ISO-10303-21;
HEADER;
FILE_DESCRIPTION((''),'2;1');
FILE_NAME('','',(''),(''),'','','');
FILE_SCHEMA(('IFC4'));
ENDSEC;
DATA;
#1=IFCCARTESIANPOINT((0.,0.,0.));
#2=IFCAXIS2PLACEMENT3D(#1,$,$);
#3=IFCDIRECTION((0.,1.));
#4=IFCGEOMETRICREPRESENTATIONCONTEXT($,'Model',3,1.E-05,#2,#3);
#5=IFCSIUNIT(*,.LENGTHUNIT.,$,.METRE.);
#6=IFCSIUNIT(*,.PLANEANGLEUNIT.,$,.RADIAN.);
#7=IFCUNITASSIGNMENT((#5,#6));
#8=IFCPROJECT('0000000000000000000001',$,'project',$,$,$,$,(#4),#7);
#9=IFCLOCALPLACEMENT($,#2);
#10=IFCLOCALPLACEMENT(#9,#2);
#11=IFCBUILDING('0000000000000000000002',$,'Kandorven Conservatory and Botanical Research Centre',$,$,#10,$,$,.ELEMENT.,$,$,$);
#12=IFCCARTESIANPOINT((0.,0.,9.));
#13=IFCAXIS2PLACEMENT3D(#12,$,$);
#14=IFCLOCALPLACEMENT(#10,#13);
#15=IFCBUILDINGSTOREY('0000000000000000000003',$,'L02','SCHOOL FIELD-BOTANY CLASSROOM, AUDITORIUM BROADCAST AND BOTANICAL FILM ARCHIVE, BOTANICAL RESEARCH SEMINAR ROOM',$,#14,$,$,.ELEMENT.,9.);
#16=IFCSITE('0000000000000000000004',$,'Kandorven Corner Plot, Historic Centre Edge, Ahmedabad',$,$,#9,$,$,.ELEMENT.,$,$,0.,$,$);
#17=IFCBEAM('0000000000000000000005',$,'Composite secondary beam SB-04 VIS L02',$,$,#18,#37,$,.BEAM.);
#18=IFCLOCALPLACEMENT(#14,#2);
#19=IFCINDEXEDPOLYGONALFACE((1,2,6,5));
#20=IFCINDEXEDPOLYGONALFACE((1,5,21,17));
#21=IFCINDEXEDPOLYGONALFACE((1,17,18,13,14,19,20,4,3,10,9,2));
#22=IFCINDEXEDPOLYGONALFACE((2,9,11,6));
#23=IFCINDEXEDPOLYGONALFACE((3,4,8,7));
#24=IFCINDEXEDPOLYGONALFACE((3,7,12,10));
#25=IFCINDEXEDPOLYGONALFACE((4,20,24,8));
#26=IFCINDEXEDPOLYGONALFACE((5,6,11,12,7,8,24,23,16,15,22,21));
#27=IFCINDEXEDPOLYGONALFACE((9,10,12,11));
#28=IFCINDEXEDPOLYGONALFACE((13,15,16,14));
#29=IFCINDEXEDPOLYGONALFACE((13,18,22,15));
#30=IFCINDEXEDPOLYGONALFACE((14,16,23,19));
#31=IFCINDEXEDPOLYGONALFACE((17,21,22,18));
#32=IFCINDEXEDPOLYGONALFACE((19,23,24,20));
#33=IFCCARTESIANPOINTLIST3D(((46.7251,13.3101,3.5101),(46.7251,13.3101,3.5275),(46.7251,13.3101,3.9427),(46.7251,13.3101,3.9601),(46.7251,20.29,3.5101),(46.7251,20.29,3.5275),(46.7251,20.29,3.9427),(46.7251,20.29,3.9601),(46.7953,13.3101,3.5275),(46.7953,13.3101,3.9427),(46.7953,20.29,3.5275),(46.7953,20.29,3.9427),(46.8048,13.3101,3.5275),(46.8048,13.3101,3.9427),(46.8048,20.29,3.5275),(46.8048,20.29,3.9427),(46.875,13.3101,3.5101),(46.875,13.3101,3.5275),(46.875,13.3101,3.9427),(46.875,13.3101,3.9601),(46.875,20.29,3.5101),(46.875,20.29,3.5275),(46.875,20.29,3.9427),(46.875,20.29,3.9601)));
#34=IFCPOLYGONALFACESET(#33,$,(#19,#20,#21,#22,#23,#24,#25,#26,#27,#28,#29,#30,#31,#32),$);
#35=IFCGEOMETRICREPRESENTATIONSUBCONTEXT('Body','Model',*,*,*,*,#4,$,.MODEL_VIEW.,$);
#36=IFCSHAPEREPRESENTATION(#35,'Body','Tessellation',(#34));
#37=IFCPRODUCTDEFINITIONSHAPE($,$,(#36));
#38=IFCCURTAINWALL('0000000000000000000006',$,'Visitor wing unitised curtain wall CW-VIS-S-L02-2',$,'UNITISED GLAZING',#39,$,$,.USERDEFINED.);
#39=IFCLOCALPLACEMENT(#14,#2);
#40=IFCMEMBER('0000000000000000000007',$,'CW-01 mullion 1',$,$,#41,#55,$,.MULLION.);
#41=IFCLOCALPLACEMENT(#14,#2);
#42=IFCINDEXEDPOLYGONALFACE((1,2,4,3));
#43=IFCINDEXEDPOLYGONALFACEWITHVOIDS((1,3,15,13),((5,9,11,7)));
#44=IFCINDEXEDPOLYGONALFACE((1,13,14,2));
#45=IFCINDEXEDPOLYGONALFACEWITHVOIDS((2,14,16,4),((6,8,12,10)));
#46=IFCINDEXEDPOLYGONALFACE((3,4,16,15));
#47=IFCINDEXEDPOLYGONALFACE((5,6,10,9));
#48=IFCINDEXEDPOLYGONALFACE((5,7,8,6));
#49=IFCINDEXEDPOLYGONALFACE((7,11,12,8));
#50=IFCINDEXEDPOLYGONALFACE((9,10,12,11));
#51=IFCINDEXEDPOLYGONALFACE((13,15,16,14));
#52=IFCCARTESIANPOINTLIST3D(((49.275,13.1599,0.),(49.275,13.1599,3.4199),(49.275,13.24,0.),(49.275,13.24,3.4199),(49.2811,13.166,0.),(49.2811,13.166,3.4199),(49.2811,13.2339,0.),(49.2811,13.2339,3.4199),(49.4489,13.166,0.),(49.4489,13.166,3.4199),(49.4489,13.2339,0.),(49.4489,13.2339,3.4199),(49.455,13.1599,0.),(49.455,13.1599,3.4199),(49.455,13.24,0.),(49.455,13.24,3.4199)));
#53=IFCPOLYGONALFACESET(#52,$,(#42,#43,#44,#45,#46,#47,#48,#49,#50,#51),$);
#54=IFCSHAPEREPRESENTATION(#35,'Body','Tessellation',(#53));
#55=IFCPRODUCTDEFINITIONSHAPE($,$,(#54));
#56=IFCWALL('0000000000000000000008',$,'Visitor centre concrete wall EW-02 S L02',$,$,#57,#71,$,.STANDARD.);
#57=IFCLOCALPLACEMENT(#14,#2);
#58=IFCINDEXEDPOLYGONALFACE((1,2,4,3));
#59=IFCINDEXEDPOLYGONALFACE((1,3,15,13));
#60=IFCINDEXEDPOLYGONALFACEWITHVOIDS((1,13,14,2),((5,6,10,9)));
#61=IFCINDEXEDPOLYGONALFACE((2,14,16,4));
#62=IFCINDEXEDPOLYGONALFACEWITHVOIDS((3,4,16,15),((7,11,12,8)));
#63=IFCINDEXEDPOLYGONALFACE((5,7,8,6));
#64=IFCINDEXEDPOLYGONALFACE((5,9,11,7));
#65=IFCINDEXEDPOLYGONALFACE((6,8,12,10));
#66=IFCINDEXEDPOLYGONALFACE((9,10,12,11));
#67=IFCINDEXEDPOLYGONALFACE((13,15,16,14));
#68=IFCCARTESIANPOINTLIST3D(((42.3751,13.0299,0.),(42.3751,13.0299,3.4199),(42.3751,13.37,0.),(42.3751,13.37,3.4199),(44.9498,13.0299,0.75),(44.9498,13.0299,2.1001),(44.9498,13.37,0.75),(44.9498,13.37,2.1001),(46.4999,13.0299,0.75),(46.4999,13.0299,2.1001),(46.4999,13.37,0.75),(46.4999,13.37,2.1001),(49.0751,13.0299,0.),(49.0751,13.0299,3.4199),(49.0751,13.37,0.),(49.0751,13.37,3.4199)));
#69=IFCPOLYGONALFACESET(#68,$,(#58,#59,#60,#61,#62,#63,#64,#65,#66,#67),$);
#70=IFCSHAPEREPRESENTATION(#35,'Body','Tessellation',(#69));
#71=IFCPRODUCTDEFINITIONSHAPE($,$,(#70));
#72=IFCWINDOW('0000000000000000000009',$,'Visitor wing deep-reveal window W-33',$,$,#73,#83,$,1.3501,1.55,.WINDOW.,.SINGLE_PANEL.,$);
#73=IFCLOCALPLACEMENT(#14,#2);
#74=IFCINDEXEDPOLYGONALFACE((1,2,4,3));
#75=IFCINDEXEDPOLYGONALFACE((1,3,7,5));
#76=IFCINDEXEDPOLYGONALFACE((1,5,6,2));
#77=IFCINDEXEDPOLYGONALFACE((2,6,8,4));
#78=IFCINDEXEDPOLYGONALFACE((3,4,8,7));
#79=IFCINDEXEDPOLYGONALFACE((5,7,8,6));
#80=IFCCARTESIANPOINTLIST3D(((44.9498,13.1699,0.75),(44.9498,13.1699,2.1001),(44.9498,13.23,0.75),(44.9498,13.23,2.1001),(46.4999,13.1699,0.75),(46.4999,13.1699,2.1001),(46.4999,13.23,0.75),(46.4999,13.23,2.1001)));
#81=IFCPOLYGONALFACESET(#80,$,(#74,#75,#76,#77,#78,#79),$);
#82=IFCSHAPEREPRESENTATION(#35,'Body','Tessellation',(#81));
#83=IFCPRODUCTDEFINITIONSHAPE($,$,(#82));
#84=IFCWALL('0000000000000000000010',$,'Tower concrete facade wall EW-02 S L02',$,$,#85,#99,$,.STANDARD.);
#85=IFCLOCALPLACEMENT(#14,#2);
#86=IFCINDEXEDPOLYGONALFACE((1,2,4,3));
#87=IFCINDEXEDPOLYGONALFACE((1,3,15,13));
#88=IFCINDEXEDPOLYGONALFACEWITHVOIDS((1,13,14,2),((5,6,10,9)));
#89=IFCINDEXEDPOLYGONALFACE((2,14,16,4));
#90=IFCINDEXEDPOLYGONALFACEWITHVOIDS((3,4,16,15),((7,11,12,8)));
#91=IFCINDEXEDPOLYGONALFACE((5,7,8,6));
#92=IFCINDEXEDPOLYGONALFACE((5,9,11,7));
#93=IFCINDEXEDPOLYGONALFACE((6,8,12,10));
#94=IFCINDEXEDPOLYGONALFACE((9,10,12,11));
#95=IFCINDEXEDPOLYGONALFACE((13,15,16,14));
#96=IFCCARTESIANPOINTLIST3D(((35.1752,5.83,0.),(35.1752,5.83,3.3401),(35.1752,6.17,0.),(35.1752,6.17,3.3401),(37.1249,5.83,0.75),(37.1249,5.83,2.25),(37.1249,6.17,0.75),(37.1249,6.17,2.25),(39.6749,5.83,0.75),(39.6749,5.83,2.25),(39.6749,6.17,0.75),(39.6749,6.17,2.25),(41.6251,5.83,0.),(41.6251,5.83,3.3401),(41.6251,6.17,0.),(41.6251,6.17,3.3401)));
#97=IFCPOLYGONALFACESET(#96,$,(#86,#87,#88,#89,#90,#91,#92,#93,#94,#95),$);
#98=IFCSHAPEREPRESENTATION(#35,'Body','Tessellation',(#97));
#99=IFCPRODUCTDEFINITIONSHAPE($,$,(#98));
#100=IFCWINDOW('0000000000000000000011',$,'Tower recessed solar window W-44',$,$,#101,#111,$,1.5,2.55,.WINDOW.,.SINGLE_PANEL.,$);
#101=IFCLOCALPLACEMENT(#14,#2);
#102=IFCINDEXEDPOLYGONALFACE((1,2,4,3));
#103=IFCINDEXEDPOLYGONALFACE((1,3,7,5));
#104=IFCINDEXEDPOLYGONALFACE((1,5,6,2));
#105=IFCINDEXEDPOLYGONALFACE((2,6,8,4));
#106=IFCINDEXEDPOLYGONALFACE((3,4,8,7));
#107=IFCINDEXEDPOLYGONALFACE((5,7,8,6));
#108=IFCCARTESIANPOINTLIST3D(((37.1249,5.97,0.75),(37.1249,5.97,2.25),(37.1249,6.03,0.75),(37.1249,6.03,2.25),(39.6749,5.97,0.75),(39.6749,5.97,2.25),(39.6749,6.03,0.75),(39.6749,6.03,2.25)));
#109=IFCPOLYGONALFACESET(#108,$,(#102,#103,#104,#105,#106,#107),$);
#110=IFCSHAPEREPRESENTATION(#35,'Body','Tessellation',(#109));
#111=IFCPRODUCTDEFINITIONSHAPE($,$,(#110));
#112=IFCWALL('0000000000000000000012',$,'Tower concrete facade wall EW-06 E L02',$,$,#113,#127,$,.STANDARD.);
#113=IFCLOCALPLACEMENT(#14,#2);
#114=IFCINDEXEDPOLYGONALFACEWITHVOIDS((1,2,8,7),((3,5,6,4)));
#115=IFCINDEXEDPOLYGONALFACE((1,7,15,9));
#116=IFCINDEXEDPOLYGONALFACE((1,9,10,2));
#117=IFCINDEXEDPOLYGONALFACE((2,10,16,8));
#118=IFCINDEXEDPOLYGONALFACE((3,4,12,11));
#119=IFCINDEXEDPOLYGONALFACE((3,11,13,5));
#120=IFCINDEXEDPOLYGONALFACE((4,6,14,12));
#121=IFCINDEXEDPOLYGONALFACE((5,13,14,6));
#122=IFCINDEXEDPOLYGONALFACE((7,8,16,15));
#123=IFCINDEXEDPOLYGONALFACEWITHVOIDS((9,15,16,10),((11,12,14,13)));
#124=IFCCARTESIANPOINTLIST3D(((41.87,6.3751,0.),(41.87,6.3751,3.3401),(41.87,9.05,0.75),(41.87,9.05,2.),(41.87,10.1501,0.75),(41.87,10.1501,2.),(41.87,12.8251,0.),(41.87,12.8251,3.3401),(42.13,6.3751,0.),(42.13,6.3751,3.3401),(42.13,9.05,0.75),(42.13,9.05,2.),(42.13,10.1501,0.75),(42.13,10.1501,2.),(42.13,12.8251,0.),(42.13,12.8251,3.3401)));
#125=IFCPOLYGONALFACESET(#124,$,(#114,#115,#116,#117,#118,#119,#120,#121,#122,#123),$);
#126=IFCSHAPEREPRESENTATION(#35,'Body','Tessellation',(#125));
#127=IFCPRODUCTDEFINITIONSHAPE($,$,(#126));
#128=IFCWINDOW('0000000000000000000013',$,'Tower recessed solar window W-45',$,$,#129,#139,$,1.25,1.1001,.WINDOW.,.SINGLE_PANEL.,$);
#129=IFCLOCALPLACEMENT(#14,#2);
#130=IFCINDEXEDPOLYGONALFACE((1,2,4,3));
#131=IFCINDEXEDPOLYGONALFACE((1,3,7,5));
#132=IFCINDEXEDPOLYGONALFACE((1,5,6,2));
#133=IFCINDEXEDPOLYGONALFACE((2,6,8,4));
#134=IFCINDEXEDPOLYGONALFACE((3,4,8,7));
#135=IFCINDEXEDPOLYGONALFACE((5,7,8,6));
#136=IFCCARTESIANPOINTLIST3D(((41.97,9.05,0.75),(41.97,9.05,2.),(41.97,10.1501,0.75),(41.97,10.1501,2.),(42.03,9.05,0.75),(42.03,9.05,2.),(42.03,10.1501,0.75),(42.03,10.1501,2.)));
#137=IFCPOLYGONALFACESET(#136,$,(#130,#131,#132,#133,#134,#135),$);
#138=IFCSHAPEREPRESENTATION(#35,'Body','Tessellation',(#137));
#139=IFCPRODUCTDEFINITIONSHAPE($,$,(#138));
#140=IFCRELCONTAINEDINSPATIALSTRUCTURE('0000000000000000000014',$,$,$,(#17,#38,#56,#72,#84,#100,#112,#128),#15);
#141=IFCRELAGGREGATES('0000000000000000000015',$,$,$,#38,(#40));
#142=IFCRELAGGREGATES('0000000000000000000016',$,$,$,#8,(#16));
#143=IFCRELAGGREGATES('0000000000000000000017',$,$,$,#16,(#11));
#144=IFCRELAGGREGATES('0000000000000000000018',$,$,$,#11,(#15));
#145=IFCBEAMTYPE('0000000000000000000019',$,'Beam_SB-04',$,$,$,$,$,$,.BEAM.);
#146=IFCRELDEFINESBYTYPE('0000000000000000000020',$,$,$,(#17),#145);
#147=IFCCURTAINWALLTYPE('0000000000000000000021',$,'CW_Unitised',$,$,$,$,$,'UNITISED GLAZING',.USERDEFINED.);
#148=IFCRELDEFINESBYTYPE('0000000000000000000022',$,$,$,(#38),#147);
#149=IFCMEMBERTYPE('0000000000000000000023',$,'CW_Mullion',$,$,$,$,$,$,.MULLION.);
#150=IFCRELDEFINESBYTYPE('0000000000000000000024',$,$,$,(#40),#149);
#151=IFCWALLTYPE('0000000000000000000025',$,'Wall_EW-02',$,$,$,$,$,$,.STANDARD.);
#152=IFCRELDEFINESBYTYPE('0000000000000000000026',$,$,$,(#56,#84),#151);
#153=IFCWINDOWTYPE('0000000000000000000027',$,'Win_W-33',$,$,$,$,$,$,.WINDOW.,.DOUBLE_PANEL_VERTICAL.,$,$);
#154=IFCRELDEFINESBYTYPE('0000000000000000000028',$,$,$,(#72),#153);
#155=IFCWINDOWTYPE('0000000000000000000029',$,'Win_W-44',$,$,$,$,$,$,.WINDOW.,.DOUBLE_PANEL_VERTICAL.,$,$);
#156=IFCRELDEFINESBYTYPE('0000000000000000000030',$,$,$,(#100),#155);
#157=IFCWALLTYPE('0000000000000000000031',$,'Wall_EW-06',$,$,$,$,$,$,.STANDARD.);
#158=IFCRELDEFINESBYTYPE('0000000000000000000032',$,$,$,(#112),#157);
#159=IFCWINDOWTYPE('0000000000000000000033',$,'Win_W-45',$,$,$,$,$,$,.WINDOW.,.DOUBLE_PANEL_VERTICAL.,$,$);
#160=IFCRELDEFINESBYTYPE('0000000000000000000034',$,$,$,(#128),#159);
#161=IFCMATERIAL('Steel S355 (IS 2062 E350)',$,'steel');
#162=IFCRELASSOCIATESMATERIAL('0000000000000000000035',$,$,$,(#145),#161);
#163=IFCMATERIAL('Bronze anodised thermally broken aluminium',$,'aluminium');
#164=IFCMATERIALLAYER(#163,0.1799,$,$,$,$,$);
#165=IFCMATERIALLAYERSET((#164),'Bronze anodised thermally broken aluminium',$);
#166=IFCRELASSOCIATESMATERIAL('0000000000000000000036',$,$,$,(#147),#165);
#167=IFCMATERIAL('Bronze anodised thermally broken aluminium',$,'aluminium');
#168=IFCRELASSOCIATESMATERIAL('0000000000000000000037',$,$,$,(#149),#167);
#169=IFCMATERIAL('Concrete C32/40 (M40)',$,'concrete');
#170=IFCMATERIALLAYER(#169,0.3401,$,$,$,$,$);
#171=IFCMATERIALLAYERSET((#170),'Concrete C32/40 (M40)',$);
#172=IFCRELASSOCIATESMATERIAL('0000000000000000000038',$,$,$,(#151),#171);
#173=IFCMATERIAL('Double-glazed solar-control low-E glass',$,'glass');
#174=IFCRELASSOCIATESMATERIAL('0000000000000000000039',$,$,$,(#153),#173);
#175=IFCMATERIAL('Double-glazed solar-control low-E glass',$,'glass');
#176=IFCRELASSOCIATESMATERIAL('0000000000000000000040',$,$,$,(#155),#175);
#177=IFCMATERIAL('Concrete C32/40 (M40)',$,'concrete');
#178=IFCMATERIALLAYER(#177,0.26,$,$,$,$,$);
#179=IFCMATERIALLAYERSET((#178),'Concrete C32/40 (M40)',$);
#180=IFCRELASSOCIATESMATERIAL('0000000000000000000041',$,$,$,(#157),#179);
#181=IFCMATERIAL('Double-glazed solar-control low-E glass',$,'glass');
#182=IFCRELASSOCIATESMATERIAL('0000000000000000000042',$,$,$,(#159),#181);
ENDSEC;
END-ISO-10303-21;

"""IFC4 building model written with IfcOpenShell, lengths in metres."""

from ifc_helpers import new_model, si_unit, direction, frame, frame_2d, origin, origin_2d, place, context, subcontext, project, spatial, rectangle, hollow_rectangle, i_section, extrude, material, layer, layer_set, material_profile, profile_set, type_object, element, fill, aggregate, save


model = new_model("IFC4")

# Units and contexts
model_context = context("Model", 3, precision=1e-05, world=origin(), true_north=direction((0.0, 1.0)))
body_context = subcontext(model_context, "Body", "Model", "MODEL_VIEW")
ifc_project = project(units=[si_unit("LENGTHUNIT", "METRE"), si_unit("PLANEANGLEUNIT", "RADIAN")], contexts=[model_context])

# Site, building, storey
site_placement = place(None, origin())
site = spatial("IfcSite", under=ifc_project, at=site_placement, Name="Kandorven Corner Plot, Historic Centre Edge, Ahmedabad", CompositionType="ELEMENT", RefElevation=0.0)
building_placement = place(site_placement, origin())
building = spatial("IfcBuilding", under=site, at=building_placement, Name="Kandorven Conservatory and Botanical Research Centre", CompositionType="ELEMENT")
storey_placement = place(building_placement, frame((0.0, 0.0, 9.0)))
storey = spatial("IfcBuildingStorey", under=building, at=storey_placement, Name="L02", Description="SCHOOL FIELD-BOTANY CLASSROOM, AUDITORIUM BROADCAST AND BOTANICAL FILM ARCHIVE, BOTANICAL RESEARCH SEMINAR ROOM", CompositionType="ELEMENT", Elevation=9.0)

# Beam
ifc_material_1 = material(Name="Steel S355 (IS 2062 E350)", Category="steel")
ifc_material_profile_1 = material_profile(ifc_material_1, i_section(OverallWidth=0.1499, OverallDepth=0.45, WebThickness=0.0095, FlangeThickness=0.0173, at=origin_2d()))
ifc_profile_set_1 = profile_set([ifc_material_profile_1], Name="Steel S355 (IS 2062 E350)")
beam_type_1 = type_object("IfcBeamType", Name="Beam_SB-04", PredefinedType="BEAM", material=ifc_profile_set_1)
for number, where, z_axis, x_axis, name in (
    (1, (46.8, 13.3101, 3.7351), (0.0, 1.0, 0.0), (-1.0, 0.0, 0.0), "Composite secondary beam SB-04 VIS L02"),
):
    element("IfcBeam", number, at=place(storey_placement, frame(where, z_axis=z_axis, x_axis=x_axis)), inside=storey, type_object=beam_type_1, Name=name, PredefinedType="BEAM", context=body_context, shape_type="SweptSolid", body=[
        extrude(i_section(OverallWidth=0.1499, OverallDepth=0.45, WebThickness=0.0095, FlangeThickness=0.0173, at=origin_2d()), origin(), (0.0, 0.0, 1.0), 6.98),
    ])

# Curtain wall, member
ifc_material_2 = material(Name="Bronze anodised thermally broken aluminium", Category="aluminium")
ifc_layer_1 = layer(ifc_material_2, 0.1799)
ifc_layer_set_1 = layer_set([ifc_layer_1], Name="Bronze anodised thermally broken aluminium")
curtain_wall_type = type_object("IfcCurtainWallType", Name="CW_Unitised", ElementType="UNITISED GLAZING", PredefinedType="USERDEFINED", material=ifc_layer_set_1)
curtain_wall_placement = place(storey_placement, origin())
curtain_wall = element("IfcCurtainWall", 2, at=curtain_wall_placement, inside=storey, type_object=curtain_wall_type, Name="Visitor wing unitised curtain wall CW-VIS-S-L02-2", ObjectType="UNITISED GLAZING", PredefinedType="USERDEFINED")
ifc_material_3 = material(Name="Bronze anodised thermally broken aluminium", Category="aluminium")
ifc_material_profile_2 = material_profile(ifc_material_3, hollow_rectangle(XDim=0.0801, YDim=0.1799, WallThickness=0.0061, at=origin_2d()))
ifc_profile_set_2 = profile_set([ifc_material_profile_2], Name="Bronze anodised thermally broken aluminium")
member_type = type_object("IfcMemberType", Name="CW_Mullion", PredefinedType="MULLION", material=ifc_profile_set_2)
member_placement = place(storey_placement, frame((49.365, 13.2, 0.0), z_axis=(0.0, 0.0, 1.0), x_axis=(0.0, 1.0, 0.0)))
member = element("IfcMember", 3, at=member_placement, type_object=member_type, Name="CW-01 mullion 1", PredefinedType="MULLION", context=body_context, shape_type="SweptSolid", body=[
    extrude(hollow_rectangle(XDim=0.0801, YDim=0.1799, WallThickness=0.0061, at=origin_2d()), origin(), (0.0, 0.0, 1.0), 3.4199),
])
aggregate(curtain_wall, [member])

# Walls, openings, windows
ifc_material_4 = material(Name="Concrete C32/40 (M40)", Category="concrete")
ifc_layer_2 = layer(ifc_material_4, 0.3401)
ifc_layer_set_2 = layer_set([ifc_layer_2], Name="Concrete C32/40 (M40)")
wall_type_1 = type_object("IfcWallType", Name="Wall_EW-02", PredefinedType="STANDARD", material=ifc_layer_set_2)
wall_1_placement = place(storey_placement, frame((42.375, 13.2, 0.0), z_axis=(0.0, 0.0, 1.0), x_axis=(1.0, 0.0, 0.0)))
wall_1 = element("IfcWall", 4, at=wall_1_placement, inside=storey, type_object=wall_type_1, Name="Visitor centre concrete wall EW-02 S L02", PredefinedType="STANDARD", context=body_context, shape_type="SweptSolid", body=[
    extrude(rectangle(XDim=6.7, YDim=0.3401, at=frame_2d((3.3501, 0.0))), origin(), (0.0, 0.0, 1.0), 3.4199),
])
opening_1_placement = place(wall_1_placement, frame((2.575, 0.0, 0.75)))
opening_1 = element("IfcOpeningElement", 5, at=opening_1_placement, cuts=wall_1, PredefinedType="OPENING", context=body_context, shape_type="SweptSolid", body=[
    extrude(rectangle(XDim=1.55, YDim=1.3501, at=frame_2d((0.7749, 0.675))), frame((0.0, 0.1799, 0.0), z_axis=(0.0, -1.0, 0.0), x_axis=(1.0, 0.0, 0.0)), (0.0, 0.0, 1.0), 0.3601),
])
ifc_material_5 = material(Name="Double-glazed solar-control low-E glass", Category="glass")
window_type_1 = type_object("IfcWindowType", Name="Win_W-33", PartitioningType="DOUBLE_PANEL_VERTICAL", PredefinedType="WINDOW", material=ifc_material_5)
window_1_placement = place(opening_1_placement, origin())
window_1 = element("IfcWindow", 6, at=window_1_placement, inside=storey, type_object=window_type_1, Name="Visitor wing deep-reveal window W-33", OverallHeight=1.3501, OverallWidth=1.55, PartitioningType="SINGLE_PANEL", PredefinedType="WINDOW", context=body_context, shape_type="SweptSolid", body=[
    extrude(rectangle(XDim=1.55, YDim=1.3501, at=frame_2d((0.7749, 0.675))), frame((0.0, 0.03, 0.0), z_axis=(0.0, -1.0, 0.0), x_axis=(1.0, 0.0, 0.0)), (0.0, 0.0, 1.0), 0.0601),
])
fill(opening_1, window_1)
wall_2_placement = place(storey_placement, frame((35.175, 6.0, 0.0), z_axis=(0.0, 0.0, 1.0), x_axis=(1.0, 0.0, 0.0)))
wall_2 = element("IfcWall", 7, at=wall_2_placement, inside=storey, type_object=wall_type_1, Name="Tower concrete facade wall EW-02 S L02", PredefinedType="STANDARD", context=body_context, shape_type="SweptSolid", body=[
    extrude(rectangle(XDim=6.45, YDim=0.3401, at=frame_2d((3.2251, 0.0))), origin(), (0.0, 0.0, 1.0), 3.3401),
])
opening_2_placement = place(wall_2_placement, frame((1.95, 0.0, 0.75)))
opening_2 = element("IfcOpeningElement", 8, at=opening_2_placement, cuts=wall_2, PredefinedType="OPENING", context=body_context, shape_type="SweptSolid", body=[
    extrude(rectangle(XDim=2.55, YDim=1.5, at=frame_2d((1.2749, 0.75))), frame((0.0, 0.1799, 0.0), z_axis=(0.0, -1.0, 0.0), x_axis=(1.0, 0.0, 0.0)), (0.0, 0.0, 1.0), 0.3601),
])
ifc_material_6 = material(Name="Double-glazed solar-control low-E glass", Category="glass")
window_type_2 = type_object("IfcWindowType", Name="Win_W-44", PartitioningType="DOUBLE_PANEL_VERTICAL", PredefinedType="WINDOW", material=ifc_material_6)
window_2_placement = place(opening_2_placement, origin())
window_2 = element("IfcWindow", 9, at=window_2_placement, inside=storey, type_object=window_type_2, Name="Tower recessed solar window W-44", OverallHeight=1.5, OverallWidth=2.55, PartitioningType="SINGLE_PANEL", PredefinedType="WINDOW", context=body_context, shape_type="SweptSolid", body=[
    extrude(rectangle(XDim=2.55, YDim=1.5, at=frame_2d((1.2749, 0.75))), frame((0.0, 0.03, 0.0), z_axis=(0.0, -1.0, 0.0), x_axis=(1.0, 0.0, 0.0)), (0.0, 0.0, 1.0), 0.0601),
])
fill(opening_2, window_2)
ifc_material_7 = material(Name="Concrete C32/40 (M40)", Category="concrete")
ifc_layer_3 = layer(ifc_material_7, 0.26)
ifc_layer_set_3 = layer_set([ifc_layer_3], Name="Concrete C32/40 (M40)")
wall_type_2 = type_object("IfcWallType", Name="Wall_EW-06", PredefinedType="STANDARD", material=ifc_layer_set_3)
wall_3_placement = place(storey_placement, frame((42.0, 6.375, 0.0), z_axis=(0.0, 0.0, 1.0), x_axis=(0.0, 1.0, 0.0)))
wall_3 = element("IfcWall", 10, at=wall_3_placement, inside=storey, type_object=wall_type_2, Name="Tower concrete facade wall EW-06 E L02", PredefinedType="STANDARD", context=body_context, shape_type="SweptSolid", body=[
    extrude(rectangle(XDim=6.45, YDim=0.26, at=frame_2d((3.2251, 0.0))), origin(), (0.0, 0.0, 1.0), 3.3401),
])
opening_3_placement = place(wall_3_placement, frame((2.675, 0.0, 0.75)))
opening_3 = element("IfcOpeningElement", 11, at=opening_3_placement, cuts=wall_3, PredefinedType="OPENING", context=body_context, shape_type="SweptSolid", body=[
    extrude(rectangle(XDim=1.1001, YDim=1.25, at=frame_2d((0.55, 0.625))), frame((0.0, 0.1399, 0.0), z_axis=(0.0, -1.0, 0.0), x_axis=(1.0, 0.0, 0.0)), (0.0, 0.0, 1.0), 0.28),
])
ifc_material_8 = material(Name="Double-glazed solar-control low-E glass", Category="glass")
window_type_3 = type_object("IfcWindowType", Name="Win_W-45", PartitioningType="DOUBLE_PANEL_VERTICAL", PredefinedType="WINDOW", material=ifc_material_8)
window_3_placement = place(opening_3_placement, origin())
window_3 = element("IfcWindow", 12, at=window_3_placement, inside=storey, type_object=window_type_3, Name="Tower recessed solar window W-45", OverallHeight=1.25, OverallWidth=1.1001, PartitioningType="SINGLE_PANEL", PredefinedType="WINDOW", context=body_context, shape_type="SweptSolid", body=[
    extrude(rectangle(XDim=1.1001, YDim=1.25, at=frame_2d((0.55, 0.625))), frame((0.0, 0.03, 0.0), z_axis=(0.0, -1.0, 0.0), x_axis=(1.0, 0.0, 0.0)), (0.0, 0.0, 1.0), 0.0601),
])
fill(opening_3, window_3)

save(model, "model.ifc")
